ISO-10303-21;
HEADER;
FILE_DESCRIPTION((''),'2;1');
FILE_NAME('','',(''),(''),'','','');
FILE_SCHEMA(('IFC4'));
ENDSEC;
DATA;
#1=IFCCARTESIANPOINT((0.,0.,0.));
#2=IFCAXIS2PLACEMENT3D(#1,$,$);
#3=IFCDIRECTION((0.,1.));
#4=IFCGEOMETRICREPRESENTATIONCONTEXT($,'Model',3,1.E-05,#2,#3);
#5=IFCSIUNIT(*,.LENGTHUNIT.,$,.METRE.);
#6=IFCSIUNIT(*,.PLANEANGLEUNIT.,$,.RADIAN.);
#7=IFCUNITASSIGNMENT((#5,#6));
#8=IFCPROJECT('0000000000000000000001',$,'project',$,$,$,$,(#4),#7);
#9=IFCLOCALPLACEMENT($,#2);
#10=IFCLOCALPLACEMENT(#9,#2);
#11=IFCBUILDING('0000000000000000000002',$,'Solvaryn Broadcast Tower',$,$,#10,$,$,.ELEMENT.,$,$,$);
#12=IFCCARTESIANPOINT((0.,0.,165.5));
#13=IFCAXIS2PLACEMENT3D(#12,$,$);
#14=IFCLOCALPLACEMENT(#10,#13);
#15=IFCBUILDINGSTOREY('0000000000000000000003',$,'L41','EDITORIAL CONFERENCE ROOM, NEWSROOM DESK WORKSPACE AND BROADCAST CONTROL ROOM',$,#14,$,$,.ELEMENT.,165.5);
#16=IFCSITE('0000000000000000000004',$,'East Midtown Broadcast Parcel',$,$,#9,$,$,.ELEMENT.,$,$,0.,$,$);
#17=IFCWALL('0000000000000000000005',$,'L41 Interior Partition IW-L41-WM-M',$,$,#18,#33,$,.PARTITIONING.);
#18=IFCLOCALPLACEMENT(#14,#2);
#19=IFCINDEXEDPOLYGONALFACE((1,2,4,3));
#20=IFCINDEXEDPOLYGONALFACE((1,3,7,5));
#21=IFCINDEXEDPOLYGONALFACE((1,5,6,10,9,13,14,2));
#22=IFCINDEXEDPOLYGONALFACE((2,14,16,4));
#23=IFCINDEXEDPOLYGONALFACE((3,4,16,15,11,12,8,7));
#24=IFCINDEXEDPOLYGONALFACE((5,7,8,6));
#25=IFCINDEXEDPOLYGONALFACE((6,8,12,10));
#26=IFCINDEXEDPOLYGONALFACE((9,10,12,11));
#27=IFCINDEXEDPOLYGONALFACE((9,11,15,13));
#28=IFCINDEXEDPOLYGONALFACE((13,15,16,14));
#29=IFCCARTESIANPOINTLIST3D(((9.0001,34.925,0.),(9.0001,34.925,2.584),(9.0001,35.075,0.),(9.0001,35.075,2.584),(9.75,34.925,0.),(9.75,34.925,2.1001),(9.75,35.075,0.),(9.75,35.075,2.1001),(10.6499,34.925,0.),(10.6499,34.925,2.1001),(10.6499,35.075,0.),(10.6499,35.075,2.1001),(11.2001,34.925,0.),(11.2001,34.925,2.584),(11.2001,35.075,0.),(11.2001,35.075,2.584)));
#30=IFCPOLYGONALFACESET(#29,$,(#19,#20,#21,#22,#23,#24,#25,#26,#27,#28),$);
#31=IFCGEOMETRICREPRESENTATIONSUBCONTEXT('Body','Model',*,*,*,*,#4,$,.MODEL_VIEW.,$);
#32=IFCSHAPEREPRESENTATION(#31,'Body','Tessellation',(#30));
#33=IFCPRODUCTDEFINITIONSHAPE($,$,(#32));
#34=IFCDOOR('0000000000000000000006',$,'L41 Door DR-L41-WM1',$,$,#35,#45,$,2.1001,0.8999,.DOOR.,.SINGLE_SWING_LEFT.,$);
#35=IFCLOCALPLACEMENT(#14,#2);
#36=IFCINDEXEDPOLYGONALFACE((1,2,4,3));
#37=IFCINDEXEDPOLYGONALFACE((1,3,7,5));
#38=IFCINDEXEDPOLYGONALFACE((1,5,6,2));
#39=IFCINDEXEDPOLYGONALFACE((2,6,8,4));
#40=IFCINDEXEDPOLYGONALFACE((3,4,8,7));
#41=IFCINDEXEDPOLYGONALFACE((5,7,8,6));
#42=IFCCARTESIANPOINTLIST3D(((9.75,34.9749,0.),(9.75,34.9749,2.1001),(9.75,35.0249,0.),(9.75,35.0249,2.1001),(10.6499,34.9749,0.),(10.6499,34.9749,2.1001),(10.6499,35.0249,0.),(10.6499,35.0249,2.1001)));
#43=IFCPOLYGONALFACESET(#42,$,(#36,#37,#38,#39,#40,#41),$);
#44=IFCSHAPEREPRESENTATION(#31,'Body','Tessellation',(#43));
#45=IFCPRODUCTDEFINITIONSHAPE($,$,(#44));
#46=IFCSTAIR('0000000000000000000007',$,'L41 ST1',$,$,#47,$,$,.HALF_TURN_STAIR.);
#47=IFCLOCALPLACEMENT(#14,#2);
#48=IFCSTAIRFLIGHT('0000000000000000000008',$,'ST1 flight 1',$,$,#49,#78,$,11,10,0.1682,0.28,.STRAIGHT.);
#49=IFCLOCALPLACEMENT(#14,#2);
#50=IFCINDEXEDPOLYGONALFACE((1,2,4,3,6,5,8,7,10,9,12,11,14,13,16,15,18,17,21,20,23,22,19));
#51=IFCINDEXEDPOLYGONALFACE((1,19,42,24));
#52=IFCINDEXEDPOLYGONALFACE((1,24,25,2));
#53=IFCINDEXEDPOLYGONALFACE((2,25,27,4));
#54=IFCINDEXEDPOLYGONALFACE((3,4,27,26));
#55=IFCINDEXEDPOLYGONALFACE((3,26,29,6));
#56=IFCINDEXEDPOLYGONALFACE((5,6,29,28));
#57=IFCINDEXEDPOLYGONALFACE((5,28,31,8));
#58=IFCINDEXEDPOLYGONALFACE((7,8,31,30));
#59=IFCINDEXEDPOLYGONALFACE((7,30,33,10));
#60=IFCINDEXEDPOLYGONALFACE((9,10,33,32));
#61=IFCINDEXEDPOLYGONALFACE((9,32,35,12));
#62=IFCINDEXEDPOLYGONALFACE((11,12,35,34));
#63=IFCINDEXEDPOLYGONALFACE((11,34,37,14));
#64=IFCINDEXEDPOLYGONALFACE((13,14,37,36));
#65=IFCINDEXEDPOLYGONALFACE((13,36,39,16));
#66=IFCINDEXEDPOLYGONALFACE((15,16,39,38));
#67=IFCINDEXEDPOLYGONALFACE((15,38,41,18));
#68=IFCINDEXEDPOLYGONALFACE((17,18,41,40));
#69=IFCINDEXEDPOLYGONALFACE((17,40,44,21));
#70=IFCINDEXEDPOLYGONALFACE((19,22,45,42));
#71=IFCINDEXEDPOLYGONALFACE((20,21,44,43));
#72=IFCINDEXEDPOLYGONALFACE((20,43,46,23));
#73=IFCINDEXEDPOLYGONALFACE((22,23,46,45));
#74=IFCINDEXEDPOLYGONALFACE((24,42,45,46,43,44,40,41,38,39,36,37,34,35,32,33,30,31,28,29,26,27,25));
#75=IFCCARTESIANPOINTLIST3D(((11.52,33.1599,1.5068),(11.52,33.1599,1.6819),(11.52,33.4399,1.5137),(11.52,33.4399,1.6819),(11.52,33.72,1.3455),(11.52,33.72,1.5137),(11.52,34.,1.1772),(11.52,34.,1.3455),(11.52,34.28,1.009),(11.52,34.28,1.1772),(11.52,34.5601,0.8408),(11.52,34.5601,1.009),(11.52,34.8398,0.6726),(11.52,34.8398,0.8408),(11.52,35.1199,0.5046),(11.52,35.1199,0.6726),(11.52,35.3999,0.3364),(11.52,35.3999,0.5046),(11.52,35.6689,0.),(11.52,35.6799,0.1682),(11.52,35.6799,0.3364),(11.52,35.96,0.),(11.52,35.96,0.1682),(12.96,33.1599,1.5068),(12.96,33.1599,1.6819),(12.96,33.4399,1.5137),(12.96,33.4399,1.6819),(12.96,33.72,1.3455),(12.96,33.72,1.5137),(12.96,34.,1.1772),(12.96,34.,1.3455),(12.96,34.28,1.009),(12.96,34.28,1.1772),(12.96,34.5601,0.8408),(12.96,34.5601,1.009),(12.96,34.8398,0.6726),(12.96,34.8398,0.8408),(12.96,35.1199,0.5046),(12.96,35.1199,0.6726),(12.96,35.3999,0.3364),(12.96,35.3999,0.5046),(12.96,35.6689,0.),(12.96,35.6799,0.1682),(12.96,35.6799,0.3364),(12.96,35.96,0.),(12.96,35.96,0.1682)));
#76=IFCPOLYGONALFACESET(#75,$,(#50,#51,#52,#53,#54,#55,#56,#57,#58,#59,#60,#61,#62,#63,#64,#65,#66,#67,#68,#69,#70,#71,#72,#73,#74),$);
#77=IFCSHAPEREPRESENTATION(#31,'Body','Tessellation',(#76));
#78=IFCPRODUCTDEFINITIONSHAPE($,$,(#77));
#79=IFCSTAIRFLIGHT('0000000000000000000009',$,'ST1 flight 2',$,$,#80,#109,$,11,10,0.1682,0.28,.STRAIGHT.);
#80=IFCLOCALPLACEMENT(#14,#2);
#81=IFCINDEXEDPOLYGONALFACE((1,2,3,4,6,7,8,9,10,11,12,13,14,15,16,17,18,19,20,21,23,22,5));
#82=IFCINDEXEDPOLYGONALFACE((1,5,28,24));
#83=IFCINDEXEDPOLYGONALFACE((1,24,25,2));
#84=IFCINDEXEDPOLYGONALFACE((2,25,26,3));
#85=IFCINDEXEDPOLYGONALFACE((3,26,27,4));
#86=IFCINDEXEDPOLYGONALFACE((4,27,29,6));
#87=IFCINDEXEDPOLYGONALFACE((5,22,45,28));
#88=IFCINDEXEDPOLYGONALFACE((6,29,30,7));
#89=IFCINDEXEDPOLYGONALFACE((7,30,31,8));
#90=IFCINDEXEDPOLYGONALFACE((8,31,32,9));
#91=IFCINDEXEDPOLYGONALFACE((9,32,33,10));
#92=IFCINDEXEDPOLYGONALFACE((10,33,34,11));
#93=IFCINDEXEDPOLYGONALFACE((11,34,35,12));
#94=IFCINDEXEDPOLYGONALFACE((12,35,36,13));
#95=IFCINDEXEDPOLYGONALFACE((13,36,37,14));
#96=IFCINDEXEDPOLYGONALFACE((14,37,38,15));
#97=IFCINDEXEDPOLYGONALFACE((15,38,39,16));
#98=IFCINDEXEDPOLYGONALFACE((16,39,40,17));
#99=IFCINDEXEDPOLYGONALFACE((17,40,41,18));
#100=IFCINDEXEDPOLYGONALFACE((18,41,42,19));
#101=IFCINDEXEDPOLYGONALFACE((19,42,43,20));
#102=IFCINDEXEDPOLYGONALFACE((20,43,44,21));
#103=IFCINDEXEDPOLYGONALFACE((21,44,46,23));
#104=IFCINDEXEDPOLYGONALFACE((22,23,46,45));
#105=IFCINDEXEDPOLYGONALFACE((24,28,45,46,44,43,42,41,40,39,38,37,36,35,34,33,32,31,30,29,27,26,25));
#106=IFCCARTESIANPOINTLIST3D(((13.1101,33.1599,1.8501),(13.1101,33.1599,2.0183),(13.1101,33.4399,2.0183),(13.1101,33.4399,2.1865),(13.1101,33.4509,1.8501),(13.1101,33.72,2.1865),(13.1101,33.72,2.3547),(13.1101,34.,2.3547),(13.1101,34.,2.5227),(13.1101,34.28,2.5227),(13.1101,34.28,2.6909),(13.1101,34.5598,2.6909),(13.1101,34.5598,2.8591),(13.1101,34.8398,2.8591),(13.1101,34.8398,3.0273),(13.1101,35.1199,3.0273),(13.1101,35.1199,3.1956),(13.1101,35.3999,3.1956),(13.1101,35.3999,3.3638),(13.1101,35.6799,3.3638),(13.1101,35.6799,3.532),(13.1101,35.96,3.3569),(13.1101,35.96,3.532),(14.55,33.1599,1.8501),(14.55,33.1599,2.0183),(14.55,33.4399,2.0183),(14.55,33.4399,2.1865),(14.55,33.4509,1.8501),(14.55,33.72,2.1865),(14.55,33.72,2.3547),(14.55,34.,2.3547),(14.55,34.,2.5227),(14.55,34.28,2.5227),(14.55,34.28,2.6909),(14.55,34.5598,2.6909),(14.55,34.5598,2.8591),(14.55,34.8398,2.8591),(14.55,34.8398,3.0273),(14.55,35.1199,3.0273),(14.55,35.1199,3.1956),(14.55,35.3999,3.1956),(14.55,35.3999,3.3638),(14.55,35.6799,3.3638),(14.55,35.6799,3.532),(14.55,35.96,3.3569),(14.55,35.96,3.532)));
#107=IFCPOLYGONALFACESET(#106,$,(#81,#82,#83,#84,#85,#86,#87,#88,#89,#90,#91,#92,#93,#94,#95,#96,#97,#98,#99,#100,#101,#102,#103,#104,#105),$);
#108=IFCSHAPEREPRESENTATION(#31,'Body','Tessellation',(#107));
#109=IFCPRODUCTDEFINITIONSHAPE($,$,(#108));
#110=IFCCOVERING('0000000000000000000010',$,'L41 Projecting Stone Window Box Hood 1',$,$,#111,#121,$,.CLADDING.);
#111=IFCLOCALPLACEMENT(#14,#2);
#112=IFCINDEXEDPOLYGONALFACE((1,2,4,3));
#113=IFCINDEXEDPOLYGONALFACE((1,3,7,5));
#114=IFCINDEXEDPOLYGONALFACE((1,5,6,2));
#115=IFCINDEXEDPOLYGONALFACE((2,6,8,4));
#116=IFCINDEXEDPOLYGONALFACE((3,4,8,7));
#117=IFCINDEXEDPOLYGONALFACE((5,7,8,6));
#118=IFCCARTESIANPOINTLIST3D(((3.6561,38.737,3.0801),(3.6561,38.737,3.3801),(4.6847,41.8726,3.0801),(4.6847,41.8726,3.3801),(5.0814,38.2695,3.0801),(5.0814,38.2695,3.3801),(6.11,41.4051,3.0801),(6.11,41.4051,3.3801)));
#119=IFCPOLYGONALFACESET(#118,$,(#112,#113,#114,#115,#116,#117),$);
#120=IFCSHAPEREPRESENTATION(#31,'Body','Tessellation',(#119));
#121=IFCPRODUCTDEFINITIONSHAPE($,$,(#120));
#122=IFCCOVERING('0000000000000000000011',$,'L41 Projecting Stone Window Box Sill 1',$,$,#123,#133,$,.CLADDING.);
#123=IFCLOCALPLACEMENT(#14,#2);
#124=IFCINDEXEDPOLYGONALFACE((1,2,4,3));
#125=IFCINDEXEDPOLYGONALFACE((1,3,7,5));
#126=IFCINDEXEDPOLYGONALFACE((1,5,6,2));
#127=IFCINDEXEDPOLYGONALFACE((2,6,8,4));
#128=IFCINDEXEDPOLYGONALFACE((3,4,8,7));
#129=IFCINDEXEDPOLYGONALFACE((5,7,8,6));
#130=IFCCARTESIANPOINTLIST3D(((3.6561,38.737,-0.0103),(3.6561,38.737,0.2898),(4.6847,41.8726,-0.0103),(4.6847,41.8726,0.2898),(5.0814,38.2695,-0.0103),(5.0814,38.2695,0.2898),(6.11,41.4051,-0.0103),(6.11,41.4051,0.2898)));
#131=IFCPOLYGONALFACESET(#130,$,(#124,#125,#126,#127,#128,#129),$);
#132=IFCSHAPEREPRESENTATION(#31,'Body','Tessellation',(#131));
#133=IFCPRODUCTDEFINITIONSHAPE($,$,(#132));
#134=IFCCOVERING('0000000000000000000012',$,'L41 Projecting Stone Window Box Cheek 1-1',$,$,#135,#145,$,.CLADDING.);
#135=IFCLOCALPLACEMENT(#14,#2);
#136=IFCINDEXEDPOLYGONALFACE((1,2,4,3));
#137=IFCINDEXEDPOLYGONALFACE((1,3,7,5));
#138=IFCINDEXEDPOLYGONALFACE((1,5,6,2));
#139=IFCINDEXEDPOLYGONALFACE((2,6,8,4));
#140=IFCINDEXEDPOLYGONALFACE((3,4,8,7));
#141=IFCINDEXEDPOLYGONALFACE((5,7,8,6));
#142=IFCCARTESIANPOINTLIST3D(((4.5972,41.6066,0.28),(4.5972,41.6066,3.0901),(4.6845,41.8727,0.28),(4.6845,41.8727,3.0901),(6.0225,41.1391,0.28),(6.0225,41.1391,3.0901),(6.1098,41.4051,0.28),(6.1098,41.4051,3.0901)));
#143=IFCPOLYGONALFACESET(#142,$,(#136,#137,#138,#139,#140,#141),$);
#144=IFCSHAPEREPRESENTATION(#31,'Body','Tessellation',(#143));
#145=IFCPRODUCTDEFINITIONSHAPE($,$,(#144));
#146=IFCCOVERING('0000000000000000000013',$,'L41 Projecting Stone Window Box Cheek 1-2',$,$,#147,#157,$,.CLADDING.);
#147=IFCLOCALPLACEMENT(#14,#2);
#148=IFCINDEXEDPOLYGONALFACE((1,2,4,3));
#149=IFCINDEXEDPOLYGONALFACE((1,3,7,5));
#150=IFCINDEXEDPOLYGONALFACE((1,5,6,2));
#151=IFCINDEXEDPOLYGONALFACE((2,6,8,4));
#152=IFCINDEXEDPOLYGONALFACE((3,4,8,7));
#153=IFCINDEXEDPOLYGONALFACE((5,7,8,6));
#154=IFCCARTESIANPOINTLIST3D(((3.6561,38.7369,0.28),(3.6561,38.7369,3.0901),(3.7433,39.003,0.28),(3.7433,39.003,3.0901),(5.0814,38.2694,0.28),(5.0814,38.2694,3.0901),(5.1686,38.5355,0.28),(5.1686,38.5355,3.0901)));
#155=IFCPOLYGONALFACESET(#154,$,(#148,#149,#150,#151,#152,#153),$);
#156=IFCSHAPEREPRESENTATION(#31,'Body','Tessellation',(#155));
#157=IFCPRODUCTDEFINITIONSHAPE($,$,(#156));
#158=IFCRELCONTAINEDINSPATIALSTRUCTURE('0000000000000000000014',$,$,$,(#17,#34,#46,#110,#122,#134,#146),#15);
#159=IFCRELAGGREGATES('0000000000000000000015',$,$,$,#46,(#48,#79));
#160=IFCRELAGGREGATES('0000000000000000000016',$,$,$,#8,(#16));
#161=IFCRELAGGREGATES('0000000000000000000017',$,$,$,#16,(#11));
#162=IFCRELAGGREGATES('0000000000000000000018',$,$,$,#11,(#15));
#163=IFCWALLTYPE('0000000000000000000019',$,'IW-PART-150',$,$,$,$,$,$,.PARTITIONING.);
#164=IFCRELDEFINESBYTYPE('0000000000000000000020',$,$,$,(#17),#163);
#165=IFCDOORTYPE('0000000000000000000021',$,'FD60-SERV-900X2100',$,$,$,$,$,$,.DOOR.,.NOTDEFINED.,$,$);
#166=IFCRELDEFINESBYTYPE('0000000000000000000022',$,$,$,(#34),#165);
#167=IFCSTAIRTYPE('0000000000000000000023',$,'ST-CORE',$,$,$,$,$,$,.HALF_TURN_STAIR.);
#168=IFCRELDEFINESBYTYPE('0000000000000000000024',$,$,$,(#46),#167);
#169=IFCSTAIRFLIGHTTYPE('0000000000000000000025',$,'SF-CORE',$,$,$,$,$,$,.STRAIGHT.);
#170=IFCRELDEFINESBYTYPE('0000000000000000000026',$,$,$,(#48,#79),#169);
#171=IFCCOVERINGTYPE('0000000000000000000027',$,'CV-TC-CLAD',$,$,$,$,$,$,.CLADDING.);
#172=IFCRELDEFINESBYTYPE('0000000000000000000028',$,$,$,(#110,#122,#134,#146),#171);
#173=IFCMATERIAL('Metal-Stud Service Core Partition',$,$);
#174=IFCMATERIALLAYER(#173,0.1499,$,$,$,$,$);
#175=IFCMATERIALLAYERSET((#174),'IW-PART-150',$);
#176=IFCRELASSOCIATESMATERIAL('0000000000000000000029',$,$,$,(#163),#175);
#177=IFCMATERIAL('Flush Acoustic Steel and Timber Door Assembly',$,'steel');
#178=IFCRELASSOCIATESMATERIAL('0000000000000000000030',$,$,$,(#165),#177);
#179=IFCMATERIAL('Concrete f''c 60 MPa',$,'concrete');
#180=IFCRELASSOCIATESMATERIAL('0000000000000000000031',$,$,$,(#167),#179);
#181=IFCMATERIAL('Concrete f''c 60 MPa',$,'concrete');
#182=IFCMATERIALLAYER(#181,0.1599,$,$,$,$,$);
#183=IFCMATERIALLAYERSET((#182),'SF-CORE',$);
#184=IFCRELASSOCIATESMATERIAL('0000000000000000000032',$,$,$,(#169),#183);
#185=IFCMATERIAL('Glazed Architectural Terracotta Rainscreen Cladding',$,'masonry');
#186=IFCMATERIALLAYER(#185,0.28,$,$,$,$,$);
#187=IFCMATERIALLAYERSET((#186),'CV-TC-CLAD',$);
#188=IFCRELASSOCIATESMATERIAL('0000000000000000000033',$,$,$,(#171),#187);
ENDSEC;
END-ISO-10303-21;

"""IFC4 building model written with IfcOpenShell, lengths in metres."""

from ifc_helpers import new_model, si_unit, direction, frame, frame_2d, origin, origin_2d, place, context, subcontext, project, spatial, polyline, rectangle, outline, extrude, material, layer, layer_set, type_object, element, fill, aggregate, save


model = new_model("IFC4")

# Units and contexts
model_context = context("Model", 3, precision=1e-05, world=origin(), true_north=direction((0.0, 1.0)))
body_context = subcontext(model_context, "Body", "Model", "MODEL_VIEW")
ifc_project = project(units=[si_unit("LENGTHUNIT", "METRE"), si_unit("PLANEANGLEUNIT", "RADIAN")], contexts=[model_context])

# Site, building, storey
site_placement = place(None, origin())
site = spatial("IfcSite", under=ifc_project, at=site_placement, Name="East Midtown Broadcast Parcel", CompositionType="ELEMENT", RefElevation=0.0)
building_placement = place(site_placement, origin())
building = spatial("IfcBuilding", under=site, at=building_placement, Name="Solvaryn Broadcast Tower", CompositionType="ELEMENT")
storey_placement = place(building_placement, frame((0.0, 0.0, 165.5)))
storey = spatial("IfcBuildingStorey", under=building, at=storey_placement, Name="L41", Description="EDITORIAL CONFERENCE ROOM, NEWSROOM DESK WORKSPACE AND BROADCAST CONTROL ROOM", CompositionType="ELEMENT", Elevation=165.5)

# Wall, opening, door
ifc_material_1 = material(Name="Metal-Stud Service Core Partition")
ifc_layer_1 = layer(ifc_material_1, 0.1499)
ifc_layer_set_1 = layer_set([ifc_layer_1], Name="IW-PART-150")
wall_type = type_object("IfcWallType", Name="IW-PART-150", PredefinedType="PARTITIONING", material=ifc_layer_set_1)
wall_placement = place(storey_placement, frame((9.0, 35.0, 0.0), z_axis=(0.0, 0.0, 1.0), x_axis=(1.0, 0.0, 0.0)))
wall = element("IfcWall", 1, at=wall_placement, inside=storey, type_object=wall_type, Name="L41 Interior Partition IW-L41-WM-M", PredefinedType="PARTITIONING", context=body_context, shape_type="SweptSolid", body=[
    extrude(rectangle(XDim=2.2, YDim=0.1499, at=frame_2d((1.1001, 0.0))), origin(), (0.0, 0.0, 1.0), 2.584),
])
opening_placement = place(wall_placement, frame((0.75, 0.0, 0.0)))
opening = element("IfcOpeningElement", 2, at=opening_placement, cuts=wall, PredefinedType="OPENING", context=body_context, shape_type="SweptSolid", body=[
    extrude(rectangle(XDim=0.8999, YDim=2.1001, at=frame_2d((0.45, 1.05))), frame((0.0, 0.085, 0.0), z_axis=(0.0, -1.0, 0.0), x_axis=(1.0, 0.0, 0.0)), (0.0, 0.0, 1.0), 0.1699),
])
ifc_material_2 = material(Name="Flush Acoustic Steel and Timber Door Assembly", Category="steel")
door_type = type_object("IfcDoorType", Name="FD60-SERV-900X2100", OperationType="NOTDEFINED", PredefinedType="DOOR", material=ifc_material_2)
door_placement = place(opening_placement, origin())
door = element("IfcDoor", 3, at=door_placement, inside=storey, type_object=door_type, Name="L41 Door DR-L41-WM1", OperationType="SINGLE_SWING_LEFT", OverallHeight=2.1001, OverallWidth=0.8999, PredefinedType="DOOR", context=body_context, shape_type="SweptSolid", body=[
    extrude(rectangle(XDim=0.8999, YDim=2.1001, at=frame_2d((0.45, 1.05))), frame((0.0, 0.0249, 0.0), z_axis=(0.0, -1.0, 0.0), x_axis=(1.0, 0.0, 0.0)), (0.0, 0.0, 1.0), 0.05),
])
fill(opening, door)

# Stair, stair flights
ifc_material_3 = material(Name="Concrete f'c 60 MPa", Category="concrete")
stair_type = type_object("IfcStairType", Name="ST-CORE", PredefinedType="HALF_TURN_STAIR", material=ifc_material_3)
stair_placement = place(storey_placement, origin())
stair = element("IfcStair", 4, at=stair_placement, inside=storey, type_object=stair_type, Name="L41 ST1", PredefinedType="HALF_TURN_STAIR")
ifc_material_4 = material(Name="Concrete f'c 60 MPa", Category="concrete")
ifc_layer_2 = layer(ifc_material_4, 0.1599)
ifc_layer_set_2 = layer_set([ifc_layer_2], Name="SF-CORE")
stair_flight_type = type_object("IfcStairFlightType", Name="SF-CORE", PredefinedType="STRAIGHT", material=ifc_layer_set_2)
stair_flight_1_placement = place(storey_placement, frame((12.24, 35.96, 0.0), z_axis=(0.0, 0.0, 1.0), x_axis=(0.0, -1.0, 0.0)))
stair_flight_1 = element("IfcStairFlight", 5, at=stair_flight_1_placement, type_object=stair_flight_type, Name="ST1 flight 1", NumberOfRisers=11, NumberOfTreads=10, PredefinedType="STRAIGHT", RiserHeight=0.1682, TreadLength=0.28, context=body_context, shape_type="SweptSolid", body=[
    extrude(outline(polyline([(0.0, 0.0), (0.0, 0.1682), (0.28, 0.1682), (0.28, 0.3364), (0.5601, 0.3364), (0.5601, 0.5046), (0.8401, 0.5046), (0.8401, 0.6726), (1.1201, 0.6726), (1.1201, 0.8408), (1.3999, 0.8408), (1.3999, 1.009), (1.6799, 1.009), (1.6799, 1.1772), (1.96, 1.1772), (1.96, 1.3455), (2.24, 1.3455), (2.24, 1.5137), (2.52, 1.5137), (2.52, 1.6819), (2.8, 1.6819), (2.8, 1.8501), (2.8, 1.5068), (0.291, 0.0), (0.0, 0.0)])), frame((0.0, 0.72, 0.0), z_axis=(0.0, -1.0, 0.0), x_axis=(1.0, 0.0, 0.0)), (0.0, 0.0, 1.0), 1.4399),
])
stair_flight_2_placement = place(storey_placement, frame((13.8301, 33.1599, 1.8501), z_axis=(0.0, 0.0, 1.0), x_axis=(0.0, 1.0, 0.0)))
stair_flight_2 = element("IfcStairFlight", 6, at=stair_flight_2_placement, type_object=stair_flight_type, Name="ST1 flight 2", NumberOfRisers=11, NumberOfTreads=10, PredefinedType="STRAIGHT", RiserHeight=0.1682, TreadLength=0.28, context=body_context, shape_type="SweptSolid", body=[
    extrude(outline(polyline([(0.0, 0.0), (0.0, 0.1682), (0.28, 0.1682), (0.28, 0.3364), (0.5601, 0.3364), (0.5601, 0.5046), (0.8401, 0.5046), (0.8401, 0.6726), (1.1201, 0.6726), (1.1201, 0.8408), (1.3999, 0.8408), (1.3999, 1.009), (1.6799, 1.009), (1.6799, 1.1772), (1.96, 1.1772), (1.96, 1.3455), (2.24, 1.3455), (2.24, 1.5137), (2.52, 1.5137), (2.52, 1.6819), (2.8, 1.6819), (2.8, 1.8501), (2.8, 1.5068), (0.291, 0.0), (0.0, 0.0)])), frame((0.0, 0.72, 0.0), z_axis=(0.0, -1.0, 0.0), x_axis=(1.0, 0.0, 0.0)), (0.0, 0.0, 1.0), 1.4399),
])
aggregate(stair, [stair_flight_1, stair_flight_2])

# Coverings
ifc_material_5 = material(Name="Glazed Architectural Terracotta Rainscreen Cladding", Category="masonry")
ifc_layer_3 = layer(ifc_material_5, 0.28)
ifc_layer_set_3 = layer_set([ifc_layer_3], Name="CV-TC-CLAD")
covering_type = type_object("IfcCoveringType", Name="CV-TC-CLAD", PredefinedType="CLADDING", material=ifc_layer_set_3)
for number, where, z_axis, x_axis, name in (
    (7, (4.8831, 40.071, 3.0801), (0.0, 0.0, 1.0), (-0.311672, -0.95019, 0.0), "L41 Projecting Stone Window Box Hood 1"),
    (8, (4.8831, 40.071, -0.0103), (0.0, 0.0, 1.0), (-0.311672, -0.95019, 0.0), "L41 Projecting Stone Window Box Sill 1"),
):
    element("IfcCovering", number, at=place(storey_placement, frame(where, z_axis=z_axis, x_axis=x_axis)), inside=storey, type_object=covering_type, Name=name, PredefinedType="CLADDING", context=body_context, shape_type="SweptSolid", body=[
        extrude(rectangle(XDim=3.3, YDim=1.5, at=origin_2d()), origin(), (0.0, 0.0, 1.0), 0.3),
    ])
for number, where, z_axis, x_axis, name in (
    (9, (5.3535, 41.5059, 0.28), (0.0, 0.0, 1.0), (-0.311672, -0.95019, 0.0), "L41 Projecting Stone Window Box Cheek 1-1"),
    (10, (4.4124, 38.6362, 0.28), (0.0, 0.0, 1.0), (-0.311672, -0.95019, 0.0), "L41 Projecting Stone Window Box Cheek 1-2"),
):
    element("IfcCovering", number, at=place(storey_placement, frame(where, z_axis=z_axis, x_axis=x_axis)), inside=storey, type_object=covering_type, Name=name, PredefinedType="CLADDING", context=body_context, shape_type="SweptSolid", body=[
        extrude(rectangle(XDim=0.28, YDim=1.5, at=origin_2d()), origin(), (0.0, 0.0, 1.0), 2.8101),
    ])

save(model, "model.ifc")
